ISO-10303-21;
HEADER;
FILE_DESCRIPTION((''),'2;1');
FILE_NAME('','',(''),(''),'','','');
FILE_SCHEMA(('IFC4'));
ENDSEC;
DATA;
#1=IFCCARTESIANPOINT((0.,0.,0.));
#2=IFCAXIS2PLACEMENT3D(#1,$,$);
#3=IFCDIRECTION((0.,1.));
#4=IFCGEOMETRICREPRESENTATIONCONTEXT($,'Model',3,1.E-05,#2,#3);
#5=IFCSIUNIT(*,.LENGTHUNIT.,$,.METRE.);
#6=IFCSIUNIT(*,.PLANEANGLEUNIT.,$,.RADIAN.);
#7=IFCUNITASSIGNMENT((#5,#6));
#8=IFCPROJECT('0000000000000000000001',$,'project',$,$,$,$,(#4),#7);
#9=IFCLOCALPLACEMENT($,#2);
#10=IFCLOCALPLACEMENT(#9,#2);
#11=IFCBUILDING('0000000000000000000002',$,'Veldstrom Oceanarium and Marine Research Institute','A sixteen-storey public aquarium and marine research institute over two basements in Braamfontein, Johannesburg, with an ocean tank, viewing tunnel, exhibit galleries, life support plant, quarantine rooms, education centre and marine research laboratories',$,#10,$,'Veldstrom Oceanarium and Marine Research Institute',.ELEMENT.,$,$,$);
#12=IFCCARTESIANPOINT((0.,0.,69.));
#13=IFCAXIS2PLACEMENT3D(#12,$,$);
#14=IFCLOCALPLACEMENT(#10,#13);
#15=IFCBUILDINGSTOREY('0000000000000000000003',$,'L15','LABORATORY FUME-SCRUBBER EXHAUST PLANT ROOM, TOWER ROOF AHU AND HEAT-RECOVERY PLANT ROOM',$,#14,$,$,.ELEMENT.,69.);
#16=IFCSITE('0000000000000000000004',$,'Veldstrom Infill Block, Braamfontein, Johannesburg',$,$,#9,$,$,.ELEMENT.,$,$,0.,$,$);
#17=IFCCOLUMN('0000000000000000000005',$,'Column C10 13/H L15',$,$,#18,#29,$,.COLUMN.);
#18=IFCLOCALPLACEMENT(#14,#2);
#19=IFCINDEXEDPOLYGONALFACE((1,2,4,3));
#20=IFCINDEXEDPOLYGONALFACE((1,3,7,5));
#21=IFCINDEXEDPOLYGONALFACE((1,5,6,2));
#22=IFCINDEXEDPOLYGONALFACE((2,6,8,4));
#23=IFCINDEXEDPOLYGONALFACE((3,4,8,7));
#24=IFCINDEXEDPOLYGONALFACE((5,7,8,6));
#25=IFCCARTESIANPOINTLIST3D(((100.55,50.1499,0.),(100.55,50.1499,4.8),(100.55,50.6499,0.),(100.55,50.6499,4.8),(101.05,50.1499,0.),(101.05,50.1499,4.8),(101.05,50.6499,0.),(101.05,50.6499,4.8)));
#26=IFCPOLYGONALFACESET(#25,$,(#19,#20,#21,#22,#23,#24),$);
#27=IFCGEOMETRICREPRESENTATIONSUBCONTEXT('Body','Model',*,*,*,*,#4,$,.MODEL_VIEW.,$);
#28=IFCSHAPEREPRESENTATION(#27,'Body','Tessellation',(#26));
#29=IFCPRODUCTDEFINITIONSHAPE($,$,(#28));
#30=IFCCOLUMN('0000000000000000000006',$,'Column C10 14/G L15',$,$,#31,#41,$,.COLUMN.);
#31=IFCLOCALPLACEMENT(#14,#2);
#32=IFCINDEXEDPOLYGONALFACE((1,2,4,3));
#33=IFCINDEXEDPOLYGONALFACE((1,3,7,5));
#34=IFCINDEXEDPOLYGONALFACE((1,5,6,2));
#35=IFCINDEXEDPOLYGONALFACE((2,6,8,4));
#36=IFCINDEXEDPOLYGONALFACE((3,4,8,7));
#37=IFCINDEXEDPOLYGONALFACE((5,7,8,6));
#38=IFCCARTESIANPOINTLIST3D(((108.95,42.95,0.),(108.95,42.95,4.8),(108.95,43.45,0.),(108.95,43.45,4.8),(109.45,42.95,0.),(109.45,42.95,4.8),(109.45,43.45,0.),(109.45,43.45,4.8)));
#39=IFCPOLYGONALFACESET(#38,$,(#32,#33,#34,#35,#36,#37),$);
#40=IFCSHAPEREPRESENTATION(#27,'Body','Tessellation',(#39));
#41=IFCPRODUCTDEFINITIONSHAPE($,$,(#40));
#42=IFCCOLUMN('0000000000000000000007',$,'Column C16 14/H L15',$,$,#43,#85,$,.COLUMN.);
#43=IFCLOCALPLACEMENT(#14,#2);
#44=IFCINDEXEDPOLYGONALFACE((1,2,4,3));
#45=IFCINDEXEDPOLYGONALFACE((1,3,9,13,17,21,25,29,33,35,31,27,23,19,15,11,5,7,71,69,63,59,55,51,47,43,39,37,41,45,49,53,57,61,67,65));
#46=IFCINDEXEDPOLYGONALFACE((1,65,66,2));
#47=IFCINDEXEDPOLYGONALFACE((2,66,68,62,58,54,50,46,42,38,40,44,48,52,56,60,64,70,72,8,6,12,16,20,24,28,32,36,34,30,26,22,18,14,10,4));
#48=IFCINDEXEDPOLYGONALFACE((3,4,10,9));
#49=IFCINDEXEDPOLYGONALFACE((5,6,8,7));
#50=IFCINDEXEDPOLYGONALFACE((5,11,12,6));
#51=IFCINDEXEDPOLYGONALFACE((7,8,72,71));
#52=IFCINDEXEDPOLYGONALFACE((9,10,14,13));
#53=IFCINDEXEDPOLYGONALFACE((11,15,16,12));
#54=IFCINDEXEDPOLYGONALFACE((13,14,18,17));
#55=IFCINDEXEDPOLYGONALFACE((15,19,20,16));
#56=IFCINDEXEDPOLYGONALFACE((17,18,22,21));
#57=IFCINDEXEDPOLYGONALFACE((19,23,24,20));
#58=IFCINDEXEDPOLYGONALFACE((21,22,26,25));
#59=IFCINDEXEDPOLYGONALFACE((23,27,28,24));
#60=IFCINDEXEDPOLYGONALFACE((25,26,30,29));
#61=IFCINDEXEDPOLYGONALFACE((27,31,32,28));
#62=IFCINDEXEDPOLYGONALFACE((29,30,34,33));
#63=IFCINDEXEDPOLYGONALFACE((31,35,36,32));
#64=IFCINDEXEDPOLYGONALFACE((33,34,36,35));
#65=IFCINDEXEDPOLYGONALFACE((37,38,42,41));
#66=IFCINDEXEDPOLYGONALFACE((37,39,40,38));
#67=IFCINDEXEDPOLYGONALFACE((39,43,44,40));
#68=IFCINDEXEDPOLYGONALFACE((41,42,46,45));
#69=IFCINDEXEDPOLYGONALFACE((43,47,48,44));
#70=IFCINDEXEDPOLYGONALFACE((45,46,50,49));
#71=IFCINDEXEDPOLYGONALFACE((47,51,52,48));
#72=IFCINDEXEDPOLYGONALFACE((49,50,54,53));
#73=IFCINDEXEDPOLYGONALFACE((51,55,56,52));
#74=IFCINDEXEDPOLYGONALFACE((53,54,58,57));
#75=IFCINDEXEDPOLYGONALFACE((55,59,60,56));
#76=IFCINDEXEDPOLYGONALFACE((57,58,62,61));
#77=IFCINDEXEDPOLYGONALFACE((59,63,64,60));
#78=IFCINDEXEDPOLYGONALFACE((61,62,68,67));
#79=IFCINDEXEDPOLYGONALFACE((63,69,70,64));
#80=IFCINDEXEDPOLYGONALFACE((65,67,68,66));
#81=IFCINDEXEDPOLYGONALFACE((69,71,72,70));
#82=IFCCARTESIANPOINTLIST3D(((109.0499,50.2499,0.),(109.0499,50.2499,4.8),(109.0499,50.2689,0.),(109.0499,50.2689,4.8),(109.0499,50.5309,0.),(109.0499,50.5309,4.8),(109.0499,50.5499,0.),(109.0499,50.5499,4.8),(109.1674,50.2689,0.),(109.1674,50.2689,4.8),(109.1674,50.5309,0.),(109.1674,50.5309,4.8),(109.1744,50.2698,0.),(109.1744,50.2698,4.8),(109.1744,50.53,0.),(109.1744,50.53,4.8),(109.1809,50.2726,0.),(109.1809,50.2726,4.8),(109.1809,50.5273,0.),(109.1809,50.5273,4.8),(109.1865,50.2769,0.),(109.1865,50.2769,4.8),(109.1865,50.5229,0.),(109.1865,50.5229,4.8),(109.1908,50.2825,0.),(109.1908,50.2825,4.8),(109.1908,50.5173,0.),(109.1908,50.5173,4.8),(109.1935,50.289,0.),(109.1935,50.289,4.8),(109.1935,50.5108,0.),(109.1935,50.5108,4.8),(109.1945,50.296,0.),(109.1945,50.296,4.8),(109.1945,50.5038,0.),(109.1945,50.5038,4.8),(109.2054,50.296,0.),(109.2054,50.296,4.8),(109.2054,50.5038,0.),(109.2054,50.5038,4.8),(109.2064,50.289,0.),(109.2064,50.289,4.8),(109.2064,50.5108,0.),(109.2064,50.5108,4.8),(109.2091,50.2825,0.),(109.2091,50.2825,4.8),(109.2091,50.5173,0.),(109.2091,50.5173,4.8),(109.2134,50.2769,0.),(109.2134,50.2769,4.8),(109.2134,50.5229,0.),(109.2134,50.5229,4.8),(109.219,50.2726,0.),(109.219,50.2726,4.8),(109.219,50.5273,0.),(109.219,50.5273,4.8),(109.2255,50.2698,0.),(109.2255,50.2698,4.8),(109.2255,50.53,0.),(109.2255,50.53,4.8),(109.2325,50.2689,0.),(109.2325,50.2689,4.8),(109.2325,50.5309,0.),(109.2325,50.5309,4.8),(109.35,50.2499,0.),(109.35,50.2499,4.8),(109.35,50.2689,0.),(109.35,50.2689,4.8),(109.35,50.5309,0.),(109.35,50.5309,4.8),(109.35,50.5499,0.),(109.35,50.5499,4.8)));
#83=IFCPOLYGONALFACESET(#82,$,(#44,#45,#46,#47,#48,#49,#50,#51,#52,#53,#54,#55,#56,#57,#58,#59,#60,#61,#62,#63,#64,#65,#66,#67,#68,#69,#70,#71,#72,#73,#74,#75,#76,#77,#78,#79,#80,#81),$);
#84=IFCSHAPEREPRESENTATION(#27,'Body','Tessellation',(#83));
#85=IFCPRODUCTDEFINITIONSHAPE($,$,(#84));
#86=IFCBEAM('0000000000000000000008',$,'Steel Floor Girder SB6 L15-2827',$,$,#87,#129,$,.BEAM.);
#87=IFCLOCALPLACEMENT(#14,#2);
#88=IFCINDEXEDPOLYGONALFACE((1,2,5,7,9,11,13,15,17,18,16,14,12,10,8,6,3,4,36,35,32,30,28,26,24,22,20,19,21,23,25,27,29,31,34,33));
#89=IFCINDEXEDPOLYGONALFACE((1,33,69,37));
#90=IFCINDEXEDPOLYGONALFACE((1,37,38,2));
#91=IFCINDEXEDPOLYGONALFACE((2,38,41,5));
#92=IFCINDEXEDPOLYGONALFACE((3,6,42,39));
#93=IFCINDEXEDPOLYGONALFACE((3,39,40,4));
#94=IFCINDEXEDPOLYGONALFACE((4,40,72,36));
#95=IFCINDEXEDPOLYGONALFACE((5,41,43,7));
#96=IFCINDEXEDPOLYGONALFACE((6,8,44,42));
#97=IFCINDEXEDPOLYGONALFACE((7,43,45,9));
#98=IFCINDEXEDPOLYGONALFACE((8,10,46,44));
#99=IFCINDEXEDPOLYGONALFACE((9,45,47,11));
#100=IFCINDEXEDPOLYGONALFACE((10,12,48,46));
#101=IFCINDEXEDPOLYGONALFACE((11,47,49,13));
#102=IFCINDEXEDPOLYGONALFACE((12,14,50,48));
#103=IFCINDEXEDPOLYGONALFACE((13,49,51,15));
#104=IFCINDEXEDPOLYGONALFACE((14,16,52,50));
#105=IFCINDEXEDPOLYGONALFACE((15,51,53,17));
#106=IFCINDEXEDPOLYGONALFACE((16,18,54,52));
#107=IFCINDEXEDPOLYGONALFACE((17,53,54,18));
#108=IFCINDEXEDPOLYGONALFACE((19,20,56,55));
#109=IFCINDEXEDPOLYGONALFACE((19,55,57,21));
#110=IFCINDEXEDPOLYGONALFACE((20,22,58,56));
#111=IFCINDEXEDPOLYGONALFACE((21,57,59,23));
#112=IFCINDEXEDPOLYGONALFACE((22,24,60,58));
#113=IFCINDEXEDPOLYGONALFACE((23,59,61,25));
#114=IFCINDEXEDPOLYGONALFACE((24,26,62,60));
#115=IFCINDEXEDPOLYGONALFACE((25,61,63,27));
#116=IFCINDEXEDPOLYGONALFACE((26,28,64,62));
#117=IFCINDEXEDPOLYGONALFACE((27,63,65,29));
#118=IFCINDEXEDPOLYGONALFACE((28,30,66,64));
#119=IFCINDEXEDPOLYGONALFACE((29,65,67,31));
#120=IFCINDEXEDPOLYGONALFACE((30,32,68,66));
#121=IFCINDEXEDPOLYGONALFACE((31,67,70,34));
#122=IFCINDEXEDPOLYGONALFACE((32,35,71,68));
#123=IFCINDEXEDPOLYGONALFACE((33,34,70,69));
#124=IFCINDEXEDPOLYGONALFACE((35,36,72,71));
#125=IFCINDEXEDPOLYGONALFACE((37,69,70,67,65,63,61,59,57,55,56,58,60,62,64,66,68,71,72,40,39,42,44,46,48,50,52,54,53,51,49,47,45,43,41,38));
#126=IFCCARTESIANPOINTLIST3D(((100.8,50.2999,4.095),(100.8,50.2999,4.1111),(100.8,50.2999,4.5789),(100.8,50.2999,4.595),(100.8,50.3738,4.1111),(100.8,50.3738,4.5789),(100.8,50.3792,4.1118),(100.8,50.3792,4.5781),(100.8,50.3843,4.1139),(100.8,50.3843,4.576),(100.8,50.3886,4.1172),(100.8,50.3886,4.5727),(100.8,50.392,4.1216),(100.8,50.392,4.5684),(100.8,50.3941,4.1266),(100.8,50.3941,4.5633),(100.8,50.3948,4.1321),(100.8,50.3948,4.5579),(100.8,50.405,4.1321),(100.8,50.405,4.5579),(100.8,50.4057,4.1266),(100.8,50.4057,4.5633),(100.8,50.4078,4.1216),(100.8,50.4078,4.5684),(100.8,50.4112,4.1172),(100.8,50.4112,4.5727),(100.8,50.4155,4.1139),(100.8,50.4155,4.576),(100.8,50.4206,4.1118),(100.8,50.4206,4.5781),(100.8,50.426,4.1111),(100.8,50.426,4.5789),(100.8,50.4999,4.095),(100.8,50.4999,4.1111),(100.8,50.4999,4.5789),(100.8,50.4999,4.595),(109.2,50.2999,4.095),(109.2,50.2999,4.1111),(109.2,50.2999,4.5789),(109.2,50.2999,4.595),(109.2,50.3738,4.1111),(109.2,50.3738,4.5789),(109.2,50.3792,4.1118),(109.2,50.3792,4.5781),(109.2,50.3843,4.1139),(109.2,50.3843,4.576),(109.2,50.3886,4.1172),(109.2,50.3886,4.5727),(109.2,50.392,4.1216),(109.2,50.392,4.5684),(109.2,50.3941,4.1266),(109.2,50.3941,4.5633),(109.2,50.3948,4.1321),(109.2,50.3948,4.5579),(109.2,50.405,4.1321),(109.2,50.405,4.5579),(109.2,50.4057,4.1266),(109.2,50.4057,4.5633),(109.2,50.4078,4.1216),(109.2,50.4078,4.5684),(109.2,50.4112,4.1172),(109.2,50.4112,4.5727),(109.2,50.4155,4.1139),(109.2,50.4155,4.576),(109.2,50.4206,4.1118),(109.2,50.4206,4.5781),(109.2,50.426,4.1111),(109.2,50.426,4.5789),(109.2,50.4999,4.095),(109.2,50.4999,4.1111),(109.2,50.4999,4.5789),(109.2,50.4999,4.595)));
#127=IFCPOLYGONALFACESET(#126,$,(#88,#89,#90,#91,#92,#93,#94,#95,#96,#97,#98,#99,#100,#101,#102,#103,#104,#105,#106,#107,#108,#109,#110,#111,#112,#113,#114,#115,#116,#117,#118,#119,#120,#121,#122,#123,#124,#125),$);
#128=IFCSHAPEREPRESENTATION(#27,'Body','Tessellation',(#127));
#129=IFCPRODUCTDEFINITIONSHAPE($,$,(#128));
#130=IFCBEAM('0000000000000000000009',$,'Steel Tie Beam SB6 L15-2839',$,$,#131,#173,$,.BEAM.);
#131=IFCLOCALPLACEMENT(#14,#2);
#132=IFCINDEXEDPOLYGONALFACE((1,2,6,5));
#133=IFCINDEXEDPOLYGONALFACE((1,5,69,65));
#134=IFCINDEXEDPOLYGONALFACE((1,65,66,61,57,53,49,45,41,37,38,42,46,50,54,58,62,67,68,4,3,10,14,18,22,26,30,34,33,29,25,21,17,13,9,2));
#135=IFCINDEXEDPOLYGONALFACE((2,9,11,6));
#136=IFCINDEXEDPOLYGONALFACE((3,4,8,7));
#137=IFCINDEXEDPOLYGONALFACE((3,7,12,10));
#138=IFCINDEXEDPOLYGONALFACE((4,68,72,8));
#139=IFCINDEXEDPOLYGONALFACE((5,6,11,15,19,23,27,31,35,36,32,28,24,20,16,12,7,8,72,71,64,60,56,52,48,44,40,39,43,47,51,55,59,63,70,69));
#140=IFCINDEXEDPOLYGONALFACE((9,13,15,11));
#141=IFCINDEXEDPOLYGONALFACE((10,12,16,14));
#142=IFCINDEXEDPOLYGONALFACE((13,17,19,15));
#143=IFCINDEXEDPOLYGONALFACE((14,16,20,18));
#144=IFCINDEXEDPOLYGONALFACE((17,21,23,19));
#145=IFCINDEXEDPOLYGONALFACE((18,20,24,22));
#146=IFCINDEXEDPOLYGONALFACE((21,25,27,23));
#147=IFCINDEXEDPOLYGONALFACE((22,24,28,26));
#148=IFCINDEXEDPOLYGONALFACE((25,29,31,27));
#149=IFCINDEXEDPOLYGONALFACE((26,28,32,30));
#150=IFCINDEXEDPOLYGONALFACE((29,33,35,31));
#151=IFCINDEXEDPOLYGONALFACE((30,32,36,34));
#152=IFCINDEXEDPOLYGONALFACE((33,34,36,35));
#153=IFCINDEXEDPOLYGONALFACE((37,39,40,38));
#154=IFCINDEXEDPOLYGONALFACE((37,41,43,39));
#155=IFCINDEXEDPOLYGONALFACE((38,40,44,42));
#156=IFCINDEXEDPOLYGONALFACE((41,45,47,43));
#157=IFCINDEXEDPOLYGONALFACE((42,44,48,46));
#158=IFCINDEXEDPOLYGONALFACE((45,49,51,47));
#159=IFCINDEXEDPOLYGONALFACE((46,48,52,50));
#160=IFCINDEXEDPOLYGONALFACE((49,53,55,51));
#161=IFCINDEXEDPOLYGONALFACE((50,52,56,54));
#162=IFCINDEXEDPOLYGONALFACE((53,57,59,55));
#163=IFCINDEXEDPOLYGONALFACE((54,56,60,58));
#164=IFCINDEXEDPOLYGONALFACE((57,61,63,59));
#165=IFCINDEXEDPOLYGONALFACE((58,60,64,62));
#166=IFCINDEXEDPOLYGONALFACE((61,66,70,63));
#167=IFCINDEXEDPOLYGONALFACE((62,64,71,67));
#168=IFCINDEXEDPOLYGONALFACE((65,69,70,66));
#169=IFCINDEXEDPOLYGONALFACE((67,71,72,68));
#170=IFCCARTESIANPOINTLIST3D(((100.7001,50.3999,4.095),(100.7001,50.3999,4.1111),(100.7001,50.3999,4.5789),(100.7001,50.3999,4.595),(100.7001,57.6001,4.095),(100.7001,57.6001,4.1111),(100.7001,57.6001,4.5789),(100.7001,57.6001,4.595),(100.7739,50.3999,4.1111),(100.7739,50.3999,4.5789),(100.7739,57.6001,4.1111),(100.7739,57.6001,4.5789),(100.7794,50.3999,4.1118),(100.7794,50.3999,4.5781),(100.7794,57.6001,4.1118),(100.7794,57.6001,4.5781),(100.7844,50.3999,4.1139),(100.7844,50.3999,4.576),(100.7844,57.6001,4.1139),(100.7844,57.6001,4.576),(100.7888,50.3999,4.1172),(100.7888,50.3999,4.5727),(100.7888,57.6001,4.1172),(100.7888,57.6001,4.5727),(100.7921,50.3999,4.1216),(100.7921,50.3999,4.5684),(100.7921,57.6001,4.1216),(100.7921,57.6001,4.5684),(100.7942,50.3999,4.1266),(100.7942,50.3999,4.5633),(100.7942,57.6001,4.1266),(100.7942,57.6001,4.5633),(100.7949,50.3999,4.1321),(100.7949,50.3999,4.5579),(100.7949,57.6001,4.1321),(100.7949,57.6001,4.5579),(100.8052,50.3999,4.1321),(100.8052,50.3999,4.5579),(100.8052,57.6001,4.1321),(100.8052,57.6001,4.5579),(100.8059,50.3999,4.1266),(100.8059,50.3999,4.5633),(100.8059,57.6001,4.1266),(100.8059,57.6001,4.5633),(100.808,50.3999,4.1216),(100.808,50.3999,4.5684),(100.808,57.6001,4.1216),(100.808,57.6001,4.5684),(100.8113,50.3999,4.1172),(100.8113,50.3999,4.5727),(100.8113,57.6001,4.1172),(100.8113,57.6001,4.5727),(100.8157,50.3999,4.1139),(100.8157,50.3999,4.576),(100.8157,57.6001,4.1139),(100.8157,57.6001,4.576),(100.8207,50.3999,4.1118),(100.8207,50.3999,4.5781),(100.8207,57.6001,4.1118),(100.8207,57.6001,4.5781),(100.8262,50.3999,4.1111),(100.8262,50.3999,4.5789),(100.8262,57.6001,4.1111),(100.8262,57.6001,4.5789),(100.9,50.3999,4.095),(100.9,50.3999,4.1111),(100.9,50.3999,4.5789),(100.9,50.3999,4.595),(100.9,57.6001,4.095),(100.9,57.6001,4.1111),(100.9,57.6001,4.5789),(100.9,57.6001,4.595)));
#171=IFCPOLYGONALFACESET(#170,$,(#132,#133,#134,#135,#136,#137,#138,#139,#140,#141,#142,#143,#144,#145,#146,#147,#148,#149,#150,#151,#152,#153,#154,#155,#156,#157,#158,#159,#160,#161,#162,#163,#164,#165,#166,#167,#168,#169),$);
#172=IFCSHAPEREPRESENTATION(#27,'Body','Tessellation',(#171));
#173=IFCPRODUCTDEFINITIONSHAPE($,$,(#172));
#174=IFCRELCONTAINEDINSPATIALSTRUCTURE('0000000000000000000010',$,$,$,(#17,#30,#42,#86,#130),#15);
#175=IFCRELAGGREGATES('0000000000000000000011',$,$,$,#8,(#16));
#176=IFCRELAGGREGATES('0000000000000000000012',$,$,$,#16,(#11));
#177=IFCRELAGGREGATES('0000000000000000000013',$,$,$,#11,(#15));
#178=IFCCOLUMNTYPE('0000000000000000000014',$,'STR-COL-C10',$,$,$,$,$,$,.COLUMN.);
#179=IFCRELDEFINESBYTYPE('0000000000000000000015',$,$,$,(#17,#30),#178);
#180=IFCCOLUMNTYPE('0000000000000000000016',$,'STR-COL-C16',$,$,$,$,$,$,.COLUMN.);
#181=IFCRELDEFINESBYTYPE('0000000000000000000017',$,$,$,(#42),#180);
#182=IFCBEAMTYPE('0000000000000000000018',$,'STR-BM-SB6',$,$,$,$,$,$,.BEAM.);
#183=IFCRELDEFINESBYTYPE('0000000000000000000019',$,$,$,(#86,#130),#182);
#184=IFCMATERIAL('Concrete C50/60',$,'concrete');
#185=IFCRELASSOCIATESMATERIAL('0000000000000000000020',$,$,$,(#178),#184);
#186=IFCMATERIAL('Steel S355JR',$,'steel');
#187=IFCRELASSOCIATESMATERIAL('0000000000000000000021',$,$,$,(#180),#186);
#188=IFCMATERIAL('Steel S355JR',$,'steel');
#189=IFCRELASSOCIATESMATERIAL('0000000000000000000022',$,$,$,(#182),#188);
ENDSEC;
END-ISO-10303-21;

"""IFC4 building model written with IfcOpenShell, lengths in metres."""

from ifc_helpers import new_model, si_unit, direction, frame, origin, origin_2d, place, context, subcontext, project, spatial, rectangle, i_section, extrude, material, material_profile, profile_set, type_object, element, save


model = new_model("IFC4")

# Units and contexts
model_context = context("Model", 3, precision=1e-05, world=origin(), true_north=direction((0.0, 1.0)))
body_context = subcontext(model_context, "Body", "Model", "MODEL_VIEW")
ifc_project = project(units=[si_unit("LENGTHUNIT", "METRE"), si_unit("PLANEANGLEUNIT", "RADIAN")], contexts=[model_context])

# Site, building, storey
site_placement = place(None, origin())
site = spatial("IfcSite", under=ifc_project, at=site_placement, Name="Veldstrom Infill Block, Braamfontein, Johannesburg", CompositionType="ELEMENT", RefElevation=0.0)
building_placement = place(site_placement, origin())
building = spatial("IfcBuilding", under=site, at=building_placement, Name="Veldstrom Oceanarium and Marine Research Institute", Description="A sixteen-storey public aquarium and marine research institute over two basements in Braamfontein, Johannesburg, with an ocean tank, viewing tunnel, exhibit galleries, life support plant, quarantine rooms, education centre and marine research laboratories", LongName="Veldstrom Oceanarium and Marine Research Institute", CompositionType="ELEMENT")
storey_placement = place(building_placement, frame((0.0, 0.0, 69.0)))
storey = spatial("IfcBuildingStorey", under=building, at=storey_placement, Name="L15", Description="LABORATORY FUME-SCRUBBER EXHAUST PLANT ROOM, TOWER ROOF AHU AND HEAT-RECOVERY PLANT ROOM", CompositionType="ELEMENT", Elevation=69.0)

# Columns
ifc_material_1 = material(Name="Concrete C50/60", Category="concrete")
ifc_material_profile_1 = material_profile(ifc_material_1, rectangle(XDim=0.5, YDim=0.5, at=origin_2d()), Name="RC-COL-500x500")
ifc_profile_set_1 = profile_set([ifc_material_profile_1], Name="Concrete C50/60")
column_type_1 = type_object("IfcColumnType", Name="STR-COL-C10", PredefinedType="COLUMN", material=ifc_profile_set_1)
for number, where, z_axis, x_axis, name in (
    (1, (100.8, 50.3999, 0.0), (0.0, 0.0, 1.0), (1.0, 0.0, 0.0), "Column C10 13/H L15"),
    (2, (109.2, 43.2, 0.0), (0.0, 0.0, 1.0), (1.0, 0.0, 0.0), "Column C10 14/G L15"),
):
    element("IfcColumn", number, at=place(storey_placement, frame(where, z_axis=z_axis, x_axis=x_axis)), inside=storey, type_object=column_type_1, Name=name, PredefinedType="COLUMN", context=body_context, shape_type="SweptSolid", body=[
        extrude(rectangle(XDim=0.5, YDim=0.5, at=origin_2d()), origin(), (0.0, 0.0, 1.0), 4.8),
    ])
ifc_material_2 = material(Name="Steel S355JR", Category="steel")
ifc_material_profile_2 = material_profile(ifc_material_2, i_section(OverallWidth=0.3, OverallDepth=0.3, WebThickness=0.011, FlangeThickness=0.019, FilletRadius=0.0271, at=origin_2d()), Name="HEB 300")
ifc_profile_set_2 = profile_set([ifc_material_profile_2], Name="Steel S355JR")
column_type_2 = type_object("IfcColumnType", Name="STR-COL-C16", PredefinedType="COLUMN", material=ifc_profile_set_2)
column_placement = place(storey_placement, frame((109.2, 50.3999, 0.0), z_axis=(0.0, 0.0, 1.0), x_axis=(1.0, 0.0, 0.0)))
element("IfcColumn", 3, at=column_placement, inside=storey, type_object=column_type_2, Name="Column C16 14/H L15", PredefinedType="COLUMN", context=body_context, shape_type="SweptSolid", body=[
    extrude(i_section(OverallWidth=0.3, OverallDepth=0.3, WebThickness=0.011, FlangeThickness=0.019, FilletRadius=0.0271, at=origin_2d()), origin(), (0.0, 0.0, 1.0), 4.8),
])

# Beams
ifc_material_3 = material(Name="Steel S355JR", Category="steel")
ifc_material_profile_3 = material_profile(ifc_material_3, i_section(OverallWidth=0.2, OverallDepth=0.5, WebThickness=0.0103, FlangeThickness=0.0161, FilletRadius=0.021, at=origin_2d()), Name="IPE 500")
ifc_profile_set_3 = profile_set([ifc_material_profile_3], Name="Steel S355JR")
beam_type_1 = type_object("IfcBeamType", Name="STR-BM-SB6", PredefinedType="BEAM", material=ifc_profile_set_3)
beam_1_placement = place(storey_placement, frame((100.8, 50.3999, 4.345), z_axis=(1.0, 0.0, 0.0), x_axis=(0.0, 1.0, 0.0)))
element("IfcBeam", 4, at=beam_1_placement, inside=storey, type_object=beam_type_1, Name="Steel Floor Girder SB6 L15-2827", PredefinedType="BEAM", context=body_context, shape_type="SweptSolid", body=[
    extrude(i_section(OverallWidth=0.2, OverallDepth=0.5, WebThickness=0.0103, FlangeThickness=0.0161, FilletRadius=0.021, at=origin_2d()), origin(), (0.0, 0.0, 1.0), 8.3999),
])
beam_2_placement = place(storey_placement, frame((100.8, 50.3999, 4.345), z_axis=(0.0, 1.0, 0.0), x_axis=(-1.0, 0.0, 0.0)))
element("IfcBeam", 5, at=beam_2_placement, inside=storey, type_object=beam_type_1, Name="Steel Tie Beam SB6 L15-2839", PredefinedType="BEAM", context=body_context, shape_type="SweptSolid", body=[
    extrude(i_section(OverallWidth=0.2, OverallDepth=0.5, WebThickness=0.0103, FlangeThickness=0.0161, FilletRadius=0.021, at=origin_2d()), origin(), (0.0, 0.0, 1.0), 7.2002),
])

save(model, "model.ifc")
